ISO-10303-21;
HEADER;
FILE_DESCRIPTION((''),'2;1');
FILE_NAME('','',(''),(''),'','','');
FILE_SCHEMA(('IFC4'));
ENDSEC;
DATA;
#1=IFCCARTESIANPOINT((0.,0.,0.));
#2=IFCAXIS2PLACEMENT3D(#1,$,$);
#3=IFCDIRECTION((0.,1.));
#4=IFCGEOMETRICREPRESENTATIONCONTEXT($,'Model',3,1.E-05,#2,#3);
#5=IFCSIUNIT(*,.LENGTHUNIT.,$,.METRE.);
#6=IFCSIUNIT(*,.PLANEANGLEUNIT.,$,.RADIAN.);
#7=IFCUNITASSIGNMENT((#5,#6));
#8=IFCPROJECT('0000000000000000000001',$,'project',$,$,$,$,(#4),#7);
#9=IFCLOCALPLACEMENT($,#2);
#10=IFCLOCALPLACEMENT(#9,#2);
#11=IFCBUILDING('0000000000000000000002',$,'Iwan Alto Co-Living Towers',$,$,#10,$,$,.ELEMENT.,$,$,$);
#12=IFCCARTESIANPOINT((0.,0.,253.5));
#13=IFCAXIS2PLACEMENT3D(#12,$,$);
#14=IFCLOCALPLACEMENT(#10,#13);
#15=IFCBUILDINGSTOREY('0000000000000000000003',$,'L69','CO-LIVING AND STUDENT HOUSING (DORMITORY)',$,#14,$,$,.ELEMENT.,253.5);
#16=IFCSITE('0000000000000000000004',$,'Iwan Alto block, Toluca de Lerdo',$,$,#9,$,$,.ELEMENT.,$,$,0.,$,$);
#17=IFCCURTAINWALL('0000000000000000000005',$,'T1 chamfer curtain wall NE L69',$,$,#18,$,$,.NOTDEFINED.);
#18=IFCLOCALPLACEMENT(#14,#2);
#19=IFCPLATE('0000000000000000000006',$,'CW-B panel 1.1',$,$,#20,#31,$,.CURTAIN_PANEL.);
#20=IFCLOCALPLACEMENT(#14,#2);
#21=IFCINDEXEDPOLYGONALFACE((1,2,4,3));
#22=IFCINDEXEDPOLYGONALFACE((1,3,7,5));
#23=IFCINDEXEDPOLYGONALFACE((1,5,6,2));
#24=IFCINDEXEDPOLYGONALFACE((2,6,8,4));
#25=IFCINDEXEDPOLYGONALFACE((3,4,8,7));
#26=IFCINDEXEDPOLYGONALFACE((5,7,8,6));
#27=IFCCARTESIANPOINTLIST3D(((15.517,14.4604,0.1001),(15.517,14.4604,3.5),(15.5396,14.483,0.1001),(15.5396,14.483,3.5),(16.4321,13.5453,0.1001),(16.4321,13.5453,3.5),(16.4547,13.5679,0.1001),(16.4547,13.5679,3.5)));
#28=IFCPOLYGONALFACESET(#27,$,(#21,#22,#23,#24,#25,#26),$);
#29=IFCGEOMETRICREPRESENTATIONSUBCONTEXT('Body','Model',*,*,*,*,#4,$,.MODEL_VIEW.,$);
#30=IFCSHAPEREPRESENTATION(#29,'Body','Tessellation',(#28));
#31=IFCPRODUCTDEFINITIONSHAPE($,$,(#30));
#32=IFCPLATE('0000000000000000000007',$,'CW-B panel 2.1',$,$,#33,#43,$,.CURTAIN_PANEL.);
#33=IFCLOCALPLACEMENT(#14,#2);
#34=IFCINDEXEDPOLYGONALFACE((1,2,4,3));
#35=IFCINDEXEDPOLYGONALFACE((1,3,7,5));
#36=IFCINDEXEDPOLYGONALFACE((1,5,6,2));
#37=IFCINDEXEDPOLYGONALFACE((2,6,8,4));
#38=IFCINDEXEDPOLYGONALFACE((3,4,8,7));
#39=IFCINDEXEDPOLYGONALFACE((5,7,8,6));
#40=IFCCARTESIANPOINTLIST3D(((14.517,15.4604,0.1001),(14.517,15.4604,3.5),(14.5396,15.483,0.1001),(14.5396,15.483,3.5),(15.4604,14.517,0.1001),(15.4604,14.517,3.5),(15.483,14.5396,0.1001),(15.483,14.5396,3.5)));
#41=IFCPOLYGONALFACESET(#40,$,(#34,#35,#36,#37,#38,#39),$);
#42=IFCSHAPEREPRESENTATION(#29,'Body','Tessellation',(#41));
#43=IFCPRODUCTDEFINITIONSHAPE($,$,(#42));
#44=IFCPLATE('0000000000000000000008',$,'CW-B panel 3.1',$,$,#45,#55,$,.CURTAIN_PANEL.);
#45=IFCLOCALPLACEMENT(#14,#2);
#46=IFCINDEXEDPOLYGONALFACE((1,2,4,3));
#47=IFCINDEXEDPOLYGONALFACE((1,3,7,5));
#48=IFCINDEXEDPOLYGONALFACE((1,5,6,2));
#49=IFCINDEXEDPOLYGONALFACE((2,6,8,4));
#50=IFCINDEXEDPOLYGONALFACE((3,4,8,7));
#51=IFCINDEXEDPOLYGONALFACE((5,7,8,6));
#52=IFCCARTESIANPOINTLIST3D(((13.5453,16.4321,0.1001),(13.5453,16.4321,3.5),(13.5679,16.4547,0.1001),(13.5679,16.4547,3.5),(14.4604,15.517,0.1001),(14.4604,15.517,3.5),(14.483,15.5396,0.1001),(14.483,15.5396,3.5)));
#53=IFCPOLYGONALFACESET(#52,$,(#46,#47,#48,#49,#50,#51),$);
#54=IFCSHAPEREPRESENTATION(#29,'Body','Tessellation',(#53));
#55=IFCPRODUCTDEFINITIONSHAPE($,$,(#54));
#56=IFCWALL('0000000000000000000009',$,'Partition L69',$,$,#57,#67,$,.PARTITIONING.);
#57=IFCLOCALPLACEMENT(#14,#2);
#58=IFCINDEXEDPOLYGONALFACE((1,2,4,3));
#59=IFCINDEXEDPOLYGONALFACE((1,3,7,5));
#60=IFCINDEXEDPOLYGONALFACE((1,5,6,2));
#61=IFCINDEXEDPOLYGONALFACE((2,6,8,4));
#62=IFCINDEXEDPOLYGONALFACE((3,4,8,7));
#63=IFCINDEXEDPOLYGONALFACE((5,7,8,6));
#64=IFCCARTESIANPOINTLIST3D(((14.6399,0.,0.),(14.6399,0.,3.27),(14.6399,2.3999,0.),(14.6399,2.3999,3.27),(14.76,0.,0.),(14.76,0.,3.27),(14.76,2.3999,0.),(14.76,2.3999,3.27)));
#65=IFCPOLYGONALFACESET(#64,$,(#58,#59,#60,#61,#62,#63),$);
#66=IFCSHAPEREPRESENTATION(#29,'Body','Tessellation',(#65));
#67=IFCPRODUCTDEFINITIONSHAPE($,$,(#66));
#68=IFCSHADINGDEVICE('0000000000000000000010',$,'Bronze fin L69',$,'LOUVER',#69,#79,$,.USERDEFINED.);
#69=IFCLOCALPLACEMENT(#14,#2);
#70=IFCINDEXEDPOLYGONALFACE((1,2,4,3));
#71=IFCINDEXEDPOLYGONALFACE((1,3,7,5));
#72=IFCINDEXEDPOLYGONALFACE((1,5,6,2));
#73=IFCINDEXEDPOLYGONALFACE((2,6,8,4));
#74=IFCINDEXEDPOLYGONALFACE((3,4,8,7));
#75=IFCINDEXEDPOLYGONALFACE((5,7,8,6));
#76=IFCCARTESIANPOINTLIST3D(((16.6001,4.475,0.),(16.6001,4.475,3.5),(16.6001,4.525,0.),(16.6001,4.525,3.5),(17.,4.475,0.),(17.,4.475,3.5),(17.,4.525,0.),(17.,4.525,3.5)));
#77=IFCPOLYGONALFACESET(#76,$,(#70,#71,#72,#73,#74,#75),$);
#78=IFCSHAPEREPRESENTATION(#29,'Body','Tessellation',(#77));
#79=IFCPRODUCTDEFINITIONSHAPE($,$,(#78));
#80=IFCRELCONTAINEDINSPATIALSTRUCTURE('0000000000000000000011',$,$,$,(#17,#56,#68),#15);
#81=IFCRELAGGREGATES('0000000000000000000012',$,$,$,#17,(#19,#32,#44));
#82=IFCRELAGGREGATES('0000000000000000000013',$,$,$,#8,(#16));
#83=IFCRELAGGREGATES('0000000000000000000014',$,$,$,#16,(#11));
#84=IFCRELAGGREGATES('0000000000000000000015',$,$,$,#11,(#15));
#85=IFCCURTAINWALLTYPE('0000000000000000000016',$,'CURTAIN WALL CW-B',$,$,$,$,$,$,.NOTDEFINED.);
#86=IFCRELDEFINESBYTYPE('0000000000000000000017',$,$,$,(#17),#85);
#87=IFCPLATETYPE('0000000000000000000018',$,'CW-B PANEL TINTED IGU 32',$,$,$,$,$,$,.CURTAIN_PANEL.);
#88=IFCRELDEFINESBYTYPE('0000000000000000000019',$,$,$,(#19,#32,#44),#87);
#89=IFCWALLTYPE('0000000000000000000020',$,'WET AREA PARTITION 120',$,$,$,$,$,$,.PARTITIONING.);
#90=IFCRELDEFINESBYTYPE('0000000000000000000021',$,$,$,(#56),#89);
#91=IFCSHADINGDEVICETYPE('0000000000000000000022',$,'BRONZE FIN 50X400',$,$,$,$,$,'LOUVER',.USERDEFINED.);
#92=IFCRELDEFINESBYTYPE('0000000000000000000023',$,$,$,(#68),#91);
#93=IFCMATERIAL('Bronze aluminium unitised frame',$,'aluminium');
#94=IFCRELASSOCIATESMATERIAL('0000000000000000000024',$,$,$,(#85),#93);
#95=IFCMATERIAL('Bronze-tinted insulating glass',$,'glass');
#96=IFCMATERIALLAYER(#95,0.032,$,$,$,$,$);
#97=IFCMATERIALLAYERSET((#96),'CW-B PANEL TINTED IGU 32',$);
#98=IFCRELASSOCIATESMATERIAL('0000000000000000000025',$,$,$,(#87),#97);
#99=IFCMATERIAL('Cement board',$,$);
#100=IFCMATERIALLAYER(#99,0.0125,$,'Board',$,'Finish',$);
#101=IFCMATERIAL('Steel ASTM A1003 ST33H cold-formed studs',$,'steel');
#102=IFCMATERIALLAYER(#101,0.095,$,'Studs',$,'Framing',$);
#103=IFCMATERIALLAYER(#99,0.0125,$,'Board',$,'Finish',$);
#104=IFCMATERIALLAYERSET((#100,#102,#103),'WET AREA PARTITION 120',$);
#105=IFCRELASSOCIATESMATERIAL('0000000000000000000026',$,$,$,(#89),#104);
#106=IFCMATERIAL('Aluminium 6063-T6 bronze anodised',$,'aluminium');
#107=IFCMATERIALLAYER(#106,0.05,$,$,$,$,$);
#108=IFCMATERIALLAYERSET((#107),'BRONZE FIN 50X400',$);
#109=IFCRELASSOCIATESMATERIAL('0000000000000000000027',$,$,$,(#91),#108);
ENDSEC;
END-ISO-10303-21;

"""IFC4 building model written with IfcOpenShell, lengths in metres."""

from ifc_helpers import new_model, si_unit, direction, frame, frame_2d, origin, origin_2d, place, context, subcontext, project, spatial, rectangle, extrude, material, layer, layer_set, type_object, element, aggregate, save


model = new_model("IFC4")

# Units and contexts
model_context = context("Model", 3, precision=1e-05, world=origin(), true_north=direction((0.0, 1.0)))
body_context = subcontext(model_context, "Body", "Model", "MODEL_VIEW")
ifc_project = project(units=[si_unit("LENGTHUNIT", "METRE"), si_unit("PLANEANGLEUNIT", "RADIAN")], contexts=[model_context])

# Site, building, storey
site_placement = place(None, origin())
site = spatial("IfcSite", under=ifc_project, at=site_placement, Name="Iwan Alto block, Toluca de Lerdo", CompositionType="ELEMENT", RefElevation=0.0)
building_placement = place(site_placement, origin())
building = spatial("IfcBuilding", under=site, at=building_placement, Name="Iwan Alto Co-Living Towers", CompositionType="ELEMENT")
storey_placement = place(building_placement, frame((0.0, 0.0, 253.5)))
storey = spatial("IfcBuildingStorey", under=building, at=storey_placement, Name="L69", Description="CO-LIVING AND STUDENT HOUSING (DORMITORY)", CompositionType="ELEMENT", Elevation=253.5)

# Curtain wall
ifc_material_1 = material(Name="Bronze aluminium unitised frame", Category="aluminium")
curtain_wall_type_1 = type_object("IfcCurtainWallType", Name="CURTAIN WALL CW-B", PredefinedType="NOTDEFINED", material=ifc_material_1)
curtain_wall_1_placement = place(storey_placement, origin())
curtain_wall_1 = element("IfcCurtainWall", 1, at=curtain_wall_1_placement, inside=storey, type_object=curtain_wall_type_1, Name="T1 chamfer curtain wall NE L69", PredefinedType="NOTDEFINED")

# Plates
ifc_material_2 = material(Name="Bronze-tinted insulating glass", Category="glass")
ifc_layer_1 = layer(ifc_material_2, 0.032)
ifc_layer_set_1 = layer_set([ifc_layer_1], Name="CW-B PANEL TINTED IGU 32")
plate_type_1 = type_object("IfcPlateType", Name="CW-B PANEL TINTED IGU 32", PredefinedType="CURTAIN_PANEL", material=ifc_layer_set_1)
plate_1_placement = place(storey_placement, frame((15.9858, 14.0142, 0.1001), z_axis=(0.0, 0.0, 1.0), x_axis=(-0.707107, 0.707107, 0.0)))
plate_1 = element("IfcPlate", 2, at=plate_1_placement, type_object=plate_type_1, Name="CW-B panel 1.1", PredefinedType="CURTAIN_PANEL", context=body_context, shape_type="SweptSolid", body=[
    extrude(rectangle(XDim=1.2942, YDim=0.032, at=origin_2d()), origin(), (0.0, 0.0, 1.0), 3.3999),
])
plate_2_placement = place(storey_placement, frame((15.0, 15.0, 0.1001), z_axis=(0.0, 0.0, 1.0), x_axis=(-0.707107, 0.707107, 0.0)))
plate_2 = element("IfcPlate", 3, at=plate_2_placement, type_object=plate_type_1, Name="CW-B panel 2.1", PredefinedType="CURTAIN_PANEL", context=body_context, shape_type="SweptSolid", body=[
    extrude(rectangle(XDim=1.3342, YDim=0.032, at=origin_2d()), origin(), (0.0, 0.0, 1.0), 3.3999),
])
plate_3_placement = place(storey_placement, frame((14.0142, 15.9858, 0.1001), z_axis=(0.0, 0.0, 1.0), x_axis=(-0.707107, 0.707107, 0.0)))
plate_3 = element("IfcPlate", 4, at=plate_3_placement, type_object=plate_type_1, Name="CW-B panel 3.1", PredefinedType="CURTAIN_PANEL", context=body_context, shape_type="SweptSolid", body=[
    extrude(rectangle(XDim=1.2942, YDim=0.032, at=origin_2d()), origin(), (0.0, 0.0, 1.0), 3.3999),
])
aggregate(curtain_wall_1, [plate_1, plate_2, plate_3])

# Wall
ifc_material_3 = material(Name="Cement board")
ifc_layer_2 = layer(ifc_material_3, 0.0125, Name="Board", Category="Finish")
ifc_material_4 = material(Name="Steel ASTM A1003 ST33H cold-formed studs", Category="steel")
ifc_layer_3 = layer(ifc_material_4, 0.095, Name="Studs", Category="Framing")
ifc_layer_4 = layer(ifc_material_3, 0.0125, Name="Board", Category="Finish")
ifc_layer_set_2 = layer_set([ifc_layer_2, ifc_layer_3, ifc_layer_4], Name="WET AREA PARTITION 120")
wall_type = type_object("IfcWallType", Name="WET AREA PARTITION 120", PredefinedType="PARTITIONING", material=ifc_layer_set_2)
wall_placement = place(storey_placement, frame((14.7, 0.0, 0.0), z_axis=(0.0, 0.0, 1.0), x_axis=(0.0, 1.0, 0.0)))
element("IfcWall", 5, at=wall_placement, inside=storey, type_object=wall_type, Name="Partition L69", PredefinedType="PARTITIONING", context=body_context, shape_type="SweptSolid", body=[
    extrude(rectangle(XDim=2.3999, YDim=0.1201, at=frame_2d((1.2, 0.0))), origin(), (0.0, 0.0, 1.0), 3.27),
])

# Shading device
ifc_material_5 = material(Name="Aluminium 6063-T6 bronze anodised", Category="aluminium")
ifc_layer_5 = layer(ifc_material_5, 0.05)
ifc_layer_set_3 = layer_set([ifc_layer_5], Name="BRONZE FIN 50X400")
shading_device_type = type_object("IfcShadingDeviceType", Name="BRONZE FIN 50X400", ElementType="LOUVER", PredefinedType="USERDEFINED", material=ifc_layer_set_3)
shading_device_placement = place(storey_placement, frame((16.8, 4.5, 0.0), z_axis=(0.0, 0.0, 1.0), x_axis=(0.0, 1.0, 0.0)))
element("IfcShadingDevice", 6, at=shading_device_placement, inside=storey, type_object=shading_device_type, Name="Bronze fin L69", ObjectType="LOUVER", PredefinedType="USERDEFINED", context=body_context, shape_type="SweptSolid", body=[
    extrude(rectangle(XDim=0.05, YDim=0.3999, at=origin_2d()), origin(), (0.0, 0.0, 1.0), 3.5),
])

save(model, "model.ifc")
